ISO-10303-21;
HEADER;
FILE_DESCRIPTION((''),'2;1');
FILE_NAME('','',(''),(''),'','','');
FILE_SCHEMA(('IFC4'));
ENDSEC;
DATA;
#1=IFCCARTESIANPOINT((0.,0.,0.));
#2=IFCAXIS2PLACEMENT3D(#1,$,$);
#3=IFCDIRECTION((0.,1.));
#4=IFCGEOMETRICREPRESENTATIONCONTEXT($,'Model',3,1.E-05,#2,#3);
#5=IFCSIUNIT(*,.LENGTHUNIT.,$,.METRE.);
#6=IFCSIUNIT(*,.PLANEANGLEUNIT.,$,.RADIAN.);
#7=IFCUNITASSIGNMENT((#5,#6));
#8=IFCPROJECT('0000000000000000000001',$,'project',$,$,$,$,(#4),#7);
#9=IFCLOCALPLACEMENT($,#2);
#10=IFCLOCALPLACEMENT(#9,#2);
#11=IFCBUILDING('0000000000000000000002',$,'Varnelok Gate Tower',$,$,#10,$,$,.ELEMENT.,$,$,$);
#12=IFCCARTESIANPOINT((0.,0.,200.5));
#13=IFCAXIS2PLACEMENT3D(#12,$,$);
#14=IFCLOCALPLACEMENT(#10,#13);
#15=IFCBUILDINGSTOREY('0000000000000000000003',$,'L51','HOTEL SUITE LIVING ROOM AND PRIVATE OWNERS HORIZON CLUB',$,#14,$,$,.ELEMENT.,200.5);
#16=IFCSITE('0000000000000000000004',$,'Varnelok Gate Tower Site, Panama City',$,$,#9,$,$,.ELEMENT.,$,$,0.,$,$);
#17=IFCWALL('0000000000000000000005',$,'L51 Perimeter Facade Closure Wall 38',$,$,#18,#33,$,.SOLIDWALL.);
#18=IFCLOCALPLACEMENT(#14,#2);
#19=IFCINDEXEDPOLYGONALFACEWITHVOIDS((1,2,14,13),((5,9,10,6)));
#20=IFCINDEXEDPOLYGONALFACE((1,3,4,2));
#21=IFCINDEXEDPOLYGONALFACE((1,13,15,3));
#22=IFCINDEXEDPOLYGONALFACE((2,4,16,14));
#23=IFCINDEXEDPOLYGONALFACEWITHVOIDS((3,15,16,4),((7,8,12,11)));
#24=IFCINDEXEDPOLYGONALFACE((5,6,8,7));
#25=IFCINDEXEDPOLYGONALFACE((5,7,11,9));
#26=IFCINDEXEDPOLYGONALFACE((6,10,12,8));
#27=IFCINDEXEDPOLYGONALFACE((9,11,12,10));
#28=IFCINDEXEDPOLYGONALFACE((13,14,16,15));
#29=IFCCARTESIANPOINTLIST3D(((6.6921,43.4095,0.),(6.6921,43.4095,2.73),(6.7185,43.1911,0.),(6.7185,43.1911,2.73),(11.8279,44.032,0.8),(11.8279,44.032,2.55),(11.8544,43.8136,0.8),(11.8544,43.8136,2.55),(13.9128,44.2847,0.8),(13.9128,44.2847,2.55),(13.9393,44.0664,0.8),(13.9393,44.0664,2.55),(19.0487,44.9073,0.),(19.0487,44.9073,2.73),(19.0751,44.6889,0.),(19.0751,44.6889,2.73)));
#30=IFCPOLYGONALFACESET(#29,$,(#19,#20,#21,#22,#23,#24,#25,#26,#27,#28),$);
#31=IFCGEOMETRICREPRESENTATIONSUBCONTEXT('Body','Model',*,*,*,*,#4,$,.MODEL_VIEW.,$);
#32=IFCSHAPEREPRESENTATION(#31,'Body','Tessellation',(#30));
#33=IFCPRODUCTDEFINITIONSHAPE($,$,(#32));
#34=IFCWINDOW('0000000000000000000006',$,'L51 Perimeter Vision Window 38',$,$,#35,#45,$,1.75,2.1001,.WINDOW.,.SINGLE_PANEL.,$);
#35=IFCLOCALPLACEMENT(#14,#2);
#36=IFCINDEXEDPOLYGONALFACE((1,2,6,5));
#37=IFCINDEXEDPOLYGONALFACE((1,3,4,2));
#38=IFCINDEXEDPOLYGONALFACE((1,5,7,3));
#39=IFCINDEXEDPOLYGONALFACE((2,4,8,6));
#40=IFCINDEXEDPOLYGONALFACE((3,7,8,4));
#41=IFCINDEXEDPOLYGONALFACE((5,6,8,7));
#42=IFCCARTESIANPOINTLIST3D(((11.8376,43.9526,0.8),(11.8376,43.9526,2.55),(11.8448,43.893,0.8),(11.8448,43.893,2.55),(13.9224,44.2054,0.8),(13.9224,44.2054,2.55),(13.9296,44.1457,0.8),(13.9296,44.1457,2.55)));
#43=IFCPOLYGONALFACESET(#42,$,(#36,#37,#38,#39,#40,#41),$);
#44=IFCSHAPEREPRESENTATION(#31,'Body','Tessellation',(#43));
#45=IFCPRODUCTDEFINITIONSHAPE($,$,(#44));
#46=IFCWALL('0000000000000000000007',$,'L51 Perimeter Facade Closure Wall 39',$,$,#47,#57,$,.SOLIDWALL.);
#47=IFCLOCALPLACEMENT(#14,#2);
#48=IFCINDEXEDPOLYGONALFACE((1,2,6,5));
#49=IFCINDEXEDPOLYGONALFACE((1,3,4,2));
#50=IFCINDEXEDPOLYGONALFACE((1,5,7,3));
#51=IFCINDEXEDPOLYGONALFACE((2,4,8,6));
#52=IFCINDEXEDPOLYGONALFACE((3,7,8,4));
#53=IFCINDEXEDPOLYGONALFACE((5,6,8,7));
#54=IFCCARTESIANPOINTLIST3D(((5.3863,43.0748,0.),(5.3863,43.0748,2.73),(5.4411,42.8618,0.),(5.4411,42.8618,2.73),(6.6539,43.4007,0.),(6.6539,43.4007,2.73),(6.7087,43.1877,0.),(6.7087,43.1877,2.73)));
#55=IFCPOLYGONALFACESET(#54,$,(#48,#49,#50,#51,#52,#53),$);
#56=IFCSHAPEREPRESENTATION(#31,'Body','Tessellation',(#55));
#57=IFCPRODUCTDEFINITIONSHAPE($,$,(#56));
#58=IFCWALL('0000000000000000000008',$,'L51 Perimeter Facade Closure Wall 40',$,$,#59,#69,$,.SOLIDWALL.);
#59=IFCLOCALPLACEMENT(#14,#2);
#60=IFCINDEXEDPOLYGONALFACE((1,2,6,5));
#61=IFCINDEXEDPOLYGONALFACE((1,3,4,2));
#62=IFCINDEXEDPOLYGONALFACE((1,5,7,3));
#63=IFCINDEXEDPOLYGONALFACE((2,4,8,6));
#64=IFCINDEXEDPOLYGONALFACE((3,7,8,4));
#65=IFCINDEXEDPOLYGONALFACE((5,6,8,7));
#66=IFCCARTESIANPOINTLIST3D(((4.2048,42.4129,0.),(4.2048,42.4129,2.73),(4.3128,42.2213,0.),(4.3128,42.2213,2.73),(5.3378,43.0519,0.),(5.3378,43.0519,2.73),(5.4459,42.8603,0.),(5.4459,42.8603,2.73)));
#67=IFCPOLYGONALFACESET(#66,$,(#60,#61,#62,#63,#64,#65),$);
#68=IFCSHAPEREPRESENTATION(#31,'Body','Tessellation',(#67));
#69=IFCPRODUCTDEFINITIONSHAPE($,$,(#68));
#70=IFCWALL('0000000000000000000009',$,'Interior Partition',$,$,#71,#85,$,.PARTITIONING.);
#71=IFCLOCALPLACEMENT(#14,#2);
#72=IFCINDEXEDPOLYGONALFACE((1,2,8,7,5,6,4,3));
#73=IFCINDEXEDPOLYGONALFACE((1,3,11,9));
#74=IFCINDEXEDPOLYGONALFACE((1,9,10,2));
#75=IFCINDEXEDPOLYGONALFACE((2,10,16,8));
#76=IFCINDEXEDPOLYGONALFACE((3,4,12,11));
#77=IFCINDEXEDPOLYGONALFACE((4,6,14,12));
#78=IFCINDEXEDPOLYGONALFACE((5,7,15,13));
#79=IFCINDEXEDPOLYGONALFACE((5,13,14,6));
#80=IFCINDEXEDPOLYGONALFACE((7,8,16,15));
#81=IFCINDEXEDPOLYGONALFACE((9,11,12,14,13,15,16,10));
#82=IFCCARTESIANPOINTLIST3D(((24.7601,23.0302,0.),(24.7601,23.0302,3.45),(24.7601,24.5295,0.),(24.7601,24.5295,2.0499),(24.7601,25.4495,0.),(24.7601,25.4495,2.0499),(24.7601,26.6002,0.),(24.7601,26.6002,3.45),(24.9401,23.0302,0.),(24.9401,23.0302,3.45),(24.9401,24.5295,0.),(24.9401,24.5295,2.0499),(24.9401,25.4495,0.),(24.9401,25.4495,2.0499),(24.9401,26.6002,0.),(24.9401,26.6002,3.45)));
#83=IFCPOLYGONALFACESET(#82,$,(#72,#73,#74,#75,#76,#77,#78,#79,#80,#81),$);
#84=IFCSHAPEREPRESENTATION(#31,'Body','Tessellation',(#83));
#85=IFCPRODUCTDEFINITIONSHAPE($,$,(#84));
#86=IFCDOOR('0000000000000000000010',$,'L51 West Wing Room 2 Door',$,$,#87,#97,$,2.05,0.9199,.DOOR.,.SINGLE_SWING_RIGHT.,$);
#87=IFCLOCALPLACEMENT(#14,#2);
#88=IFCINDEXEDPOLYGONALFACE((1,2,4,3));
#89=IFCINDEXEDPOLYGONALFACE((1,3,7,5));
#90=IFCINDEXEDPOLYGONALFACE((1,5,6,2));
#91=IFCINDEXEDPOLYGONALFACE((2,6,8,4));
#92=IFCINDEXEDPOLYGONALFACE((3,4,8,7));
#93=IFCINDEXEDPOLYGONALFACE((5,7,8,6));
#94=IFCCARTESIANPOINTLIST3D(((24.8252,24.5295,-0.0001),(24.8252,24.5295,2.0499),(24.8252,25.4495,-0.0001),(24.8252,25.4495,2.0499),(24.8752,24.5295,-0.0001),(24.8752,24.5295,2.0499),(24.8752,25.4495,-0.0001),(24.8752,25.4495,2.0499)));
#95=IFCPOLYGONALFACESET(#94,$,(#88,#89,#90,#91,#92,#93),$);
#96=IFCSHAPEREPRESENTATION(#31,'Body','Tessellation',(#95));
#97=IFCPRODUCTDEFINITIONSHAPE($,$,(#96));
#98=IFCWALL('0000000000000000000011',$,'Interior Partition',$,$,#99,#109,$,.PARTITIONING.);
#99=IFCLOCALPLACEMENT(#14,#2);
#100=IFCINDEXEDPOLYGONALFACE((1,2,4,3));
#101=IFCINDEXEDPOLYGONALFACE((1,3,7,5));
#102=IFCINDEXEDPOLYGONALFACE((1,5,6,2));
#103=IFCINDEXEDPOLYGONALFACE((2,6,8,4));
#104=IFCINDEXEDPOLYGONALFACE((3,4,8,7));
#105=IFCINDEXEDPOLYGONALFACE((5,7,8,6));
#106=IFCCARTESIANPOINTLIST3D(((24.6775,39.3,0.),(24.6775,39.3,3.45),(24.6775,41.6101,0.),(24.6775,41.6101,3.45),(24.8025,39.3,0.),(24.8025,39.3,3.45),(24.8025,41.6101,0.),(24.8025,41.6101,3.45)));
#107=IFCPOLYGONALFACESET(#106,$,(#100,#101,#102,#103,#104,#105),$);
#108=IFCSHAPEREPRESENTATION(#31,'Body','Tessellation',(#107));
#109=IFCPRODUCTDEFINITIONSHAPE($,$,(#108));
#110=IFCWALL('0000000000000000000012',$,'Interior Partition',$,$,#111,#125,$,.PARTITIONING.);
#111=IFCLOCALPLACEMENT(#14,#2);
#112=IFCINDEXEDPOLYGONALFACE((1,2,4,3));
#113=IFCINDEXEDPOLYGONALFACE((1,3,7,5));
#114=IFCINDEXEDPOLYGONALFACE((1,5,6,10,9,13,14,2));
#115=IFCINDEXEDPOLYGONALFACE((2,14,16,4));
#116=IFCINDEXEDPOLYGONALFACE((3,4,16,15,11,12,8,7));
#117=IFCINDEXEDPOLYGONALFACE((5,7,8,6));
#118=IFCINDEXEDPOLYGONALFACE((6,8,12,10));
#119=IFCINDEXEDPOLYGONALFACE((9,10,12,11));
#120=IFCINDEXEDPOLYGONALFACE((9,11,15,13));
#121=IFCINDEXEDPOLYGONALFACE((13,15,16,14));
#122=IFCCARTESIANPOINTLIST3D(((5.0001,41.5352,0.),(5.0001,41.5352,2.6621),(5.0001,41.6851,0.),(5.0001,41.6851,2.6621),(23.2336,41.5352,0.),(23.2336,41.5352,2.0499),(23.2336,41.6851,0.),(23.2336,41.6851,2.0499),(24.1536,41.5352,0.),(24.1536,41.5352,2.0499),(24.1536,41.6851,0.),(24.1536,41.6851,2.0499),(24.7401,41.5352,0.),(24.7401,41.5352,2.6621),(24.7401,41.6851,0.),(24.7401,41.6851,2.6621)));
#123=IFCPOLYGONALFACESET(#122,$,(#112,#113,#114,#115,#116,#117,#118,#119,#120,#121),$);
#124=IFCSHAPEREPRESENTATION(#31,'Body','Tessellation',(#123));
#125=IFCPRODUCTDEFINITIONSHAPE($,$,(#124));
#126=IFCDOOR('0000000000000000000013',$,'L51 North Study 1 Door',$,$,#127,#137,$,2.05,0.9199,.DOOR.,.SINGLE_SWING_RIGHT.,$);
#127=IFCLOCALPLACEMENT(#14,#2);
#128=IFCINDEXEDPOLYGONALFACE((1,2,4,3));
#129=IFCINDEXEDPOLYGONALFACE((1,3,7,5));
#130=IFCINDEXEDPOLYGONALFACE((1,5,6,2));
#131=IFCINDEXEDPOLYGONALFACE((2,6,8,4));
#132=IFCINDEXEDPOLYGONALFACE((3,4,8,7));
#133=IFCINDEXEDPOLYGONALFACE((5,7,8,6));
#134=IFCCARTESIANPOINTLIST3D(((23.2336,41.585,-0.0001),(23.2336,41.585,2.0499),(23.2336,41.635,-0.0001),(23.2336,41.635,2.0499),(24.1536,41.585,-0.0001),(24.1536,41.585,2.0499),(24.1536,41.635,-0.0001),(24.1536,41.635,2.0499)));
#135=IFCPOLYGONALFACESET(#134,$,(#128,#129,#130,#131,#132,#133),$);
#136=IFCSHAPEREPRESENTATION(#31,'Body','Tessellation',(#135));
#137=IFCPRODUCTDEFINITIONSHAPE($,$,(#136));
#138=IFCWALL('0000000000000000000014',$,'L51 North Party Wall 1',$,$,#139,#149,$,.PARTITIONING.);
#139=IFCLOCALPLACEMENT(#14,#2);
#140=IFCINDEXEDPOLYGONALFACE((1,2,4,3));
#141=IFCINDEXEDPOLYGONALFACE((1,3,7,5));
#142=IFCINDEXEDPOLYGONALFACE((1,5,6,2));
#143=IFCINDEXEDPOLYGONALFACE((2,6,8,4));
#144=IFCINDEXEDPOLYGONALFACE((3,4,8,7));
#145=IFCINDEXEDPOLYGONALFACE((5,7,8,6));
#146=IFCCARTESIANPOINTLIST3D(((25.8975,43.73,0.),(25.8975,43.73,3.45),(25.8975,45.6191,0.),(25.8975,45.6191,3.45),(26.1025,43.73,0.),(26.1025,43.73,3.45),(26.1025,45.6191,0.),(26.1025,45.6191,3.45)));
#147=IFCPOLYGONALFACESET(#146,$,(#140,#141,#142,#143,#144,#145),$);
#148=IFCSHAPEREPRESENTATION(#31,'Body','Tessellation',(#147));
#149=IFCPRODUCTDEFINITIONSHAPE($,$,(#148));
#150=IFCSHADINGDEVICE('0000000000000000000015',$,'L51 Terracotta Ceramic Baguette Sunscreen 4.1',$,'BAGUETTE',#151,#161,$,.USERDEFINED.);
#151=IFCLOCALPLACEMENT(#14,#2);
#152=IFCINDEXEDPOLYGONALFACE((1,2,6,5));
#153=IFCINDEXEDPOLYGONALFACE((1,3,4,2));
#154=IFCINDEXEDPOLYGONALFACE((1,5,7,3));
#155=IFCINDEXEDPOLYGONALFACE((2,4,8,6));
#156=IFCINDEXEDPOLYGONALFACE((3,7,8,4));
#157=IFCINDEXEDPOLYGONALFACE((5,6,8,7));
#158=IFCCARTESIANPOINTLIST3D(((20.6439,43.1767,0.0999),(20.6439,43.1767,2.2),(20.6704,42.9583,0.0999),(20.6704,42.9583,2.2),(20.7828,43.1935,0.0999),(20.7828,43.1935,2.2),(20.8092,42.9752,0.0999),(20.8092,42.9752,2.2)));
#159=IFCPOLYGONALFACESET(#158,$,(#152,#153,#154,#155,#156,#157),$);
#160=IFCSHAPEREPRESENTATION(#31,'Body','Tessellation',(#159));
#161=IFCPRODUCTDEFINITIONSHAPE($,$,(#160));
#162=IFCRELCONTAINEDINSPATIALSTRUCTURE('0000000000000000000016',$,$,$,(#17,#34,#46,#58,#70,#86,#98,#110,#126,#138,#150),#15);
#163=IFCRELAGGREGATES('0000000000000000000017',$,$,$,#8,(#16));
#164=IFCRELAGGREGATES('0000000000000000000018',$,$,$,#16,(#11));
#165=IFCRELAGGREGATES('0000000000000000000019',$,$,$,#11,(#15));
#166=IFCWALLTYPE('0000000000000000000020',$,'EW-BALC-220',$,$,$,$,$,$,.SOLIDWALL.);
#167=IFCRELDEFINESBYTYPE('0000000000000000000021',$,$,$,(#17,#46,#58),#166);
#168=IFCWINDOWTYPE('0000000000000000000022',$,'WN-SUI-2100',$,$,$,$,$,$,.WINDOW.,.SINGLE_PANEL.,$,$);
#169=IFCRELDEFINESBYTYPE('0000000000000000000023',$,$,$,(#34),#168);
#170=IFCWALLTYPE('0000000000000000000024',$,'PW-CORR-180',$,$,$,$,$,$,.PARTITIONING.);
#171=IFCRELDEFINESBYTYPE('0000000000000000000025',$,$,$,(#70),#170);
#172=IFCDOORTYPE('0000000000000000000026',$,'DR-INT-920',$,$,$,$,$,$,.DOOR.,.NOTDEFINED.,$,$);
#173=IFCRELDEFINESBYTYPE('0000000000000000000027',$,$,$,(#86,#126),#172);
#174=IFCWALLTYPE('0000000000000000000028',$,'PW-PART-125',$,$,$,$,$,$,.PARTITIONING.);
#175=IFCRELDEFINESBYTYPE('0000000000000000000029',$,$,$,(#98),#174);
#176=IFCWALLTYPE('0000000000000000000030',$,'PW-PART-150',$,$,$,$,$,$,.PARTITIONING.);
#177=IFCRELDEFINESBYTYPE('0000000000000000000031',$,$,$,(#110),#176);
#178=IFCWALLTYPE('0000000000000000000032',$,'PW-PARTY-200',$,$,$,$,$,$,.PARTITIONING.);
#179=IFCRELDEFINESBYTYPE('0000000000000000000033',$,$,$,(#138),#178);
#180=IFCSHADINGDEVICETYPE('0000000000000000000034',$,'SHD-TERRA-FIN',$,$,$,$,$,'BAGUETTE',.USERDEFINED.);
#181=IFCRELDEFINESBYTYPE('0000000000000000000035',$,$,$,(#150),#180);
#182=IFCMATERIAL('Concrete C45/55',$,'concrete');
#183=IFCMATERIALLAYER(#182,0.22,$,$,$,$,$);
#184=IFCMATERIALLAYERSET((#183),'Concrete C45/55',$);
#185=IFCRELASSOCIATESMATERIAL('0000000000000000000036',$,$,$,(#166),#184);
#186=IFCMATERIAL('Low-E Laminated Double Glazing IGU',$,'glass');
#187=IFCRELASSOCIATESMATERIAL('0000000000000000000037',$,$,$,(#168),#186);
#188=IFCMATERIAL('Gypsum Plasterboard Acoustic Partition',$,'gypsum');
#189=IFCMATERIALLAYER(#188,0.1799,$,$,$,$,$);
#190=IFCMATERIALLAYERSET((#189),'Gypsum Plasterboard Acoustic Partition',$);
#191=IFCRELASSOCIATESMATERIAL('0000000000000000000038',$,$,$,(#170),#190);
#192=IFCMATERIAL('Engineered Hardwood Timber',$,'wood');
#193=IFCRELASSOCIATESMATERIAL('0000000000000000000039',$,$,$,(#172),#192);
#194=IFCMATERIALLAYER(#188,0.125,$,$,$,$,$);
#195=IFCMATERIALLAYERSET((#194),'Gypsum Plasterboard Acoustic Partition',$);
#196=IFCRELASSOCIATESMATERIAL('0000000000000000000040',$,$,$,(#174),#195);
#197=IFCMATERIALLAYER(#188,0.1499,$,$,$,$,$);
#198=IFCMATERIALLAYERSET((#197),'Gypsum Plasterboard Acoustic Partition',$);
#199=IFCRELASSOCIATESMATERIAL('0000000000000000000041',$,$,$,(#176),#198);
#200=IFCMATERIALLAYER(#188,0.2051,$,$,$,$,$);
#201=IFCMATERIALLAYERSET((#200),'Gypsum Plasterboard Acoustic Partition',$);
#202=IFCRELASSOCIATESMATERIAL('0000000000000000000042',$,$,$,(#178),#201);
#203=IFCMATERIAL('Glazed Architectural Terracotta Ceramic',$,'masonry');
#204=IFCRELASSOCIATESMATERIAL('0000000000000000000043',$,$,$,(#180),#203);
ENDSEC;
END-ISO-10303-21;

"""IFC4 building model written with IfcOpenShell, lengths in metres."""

from ifc_helpers import new_model, si_unit, direction, frame, frame_2d, origin, origin_2d, place, context, subcontext, project, spatial, rectangle, extrude, source, transform, mapped, material, layer, layer_set, type_object, element, fill, save


model = new_model("IFC4")

# Units and contexts
model_context = context("Model", 3, precision=1e-05, world=origin(), true_north=direction((0.0, 1.0)))
body_context = subcontext(model_context, "Body", "Model", "MODEL_VIEW")
ifc_project = project(units=[si_unit("LENGTHUNIT", "METRE"), si_unit("PLANEANGLEUNIT", "RADIAN")], contexts=[model_context])

# Site, building, storey
site_placement = place(None, origin())
site = spatial("IfcSite", under=ifc_project, at=site_placement, Name="Varnelok Gate Tower Site, Panama City", CompositionType="ELEMENT", RefElevation=0.0)
building_placement = place(site_placement, origin())
building = spatial("IfcBuilding", under=site, at=building_placement, Name="Varnelok Gate Tower", CompositionType="ELEMENT")
storey_placement = place(building_placement, frame((0.0, 0.0, 200.5)))
storey = spatial("IfcBuildingStorey", under=building, at=storey_placement, Name="L51", Description="HOTEL SUITE LIVING ROOM AND PRIVATE OWNERS HORIZON CLUB", CompositionType="ELEMENT", Elevation=200.5)

# Shared definitions
ifc_material_1 = material(Name="Concrete C45/55", Category="concrete")
ifc_layer_1 = layer(ifc_material_1, 0.22)
ifc_layer_set_1 = layer_set([ifc_layer_1], Name="Concrete C45/55")
wall_type_1 = type_object("IfcWallType", Name="EW-BALC-220", PredefinedType="SOLIDWALL", material=ifc_layer_set_1)
ifc_material_2 = material(Name="Low-E Laminated Double Glazing IGU", Category="glass")

# Wall, opening, window
wall_1_placement = place(storey_placement, frame((19.062, 44.7981, 0.0), z_axis=(0.0, 0.0, 1.0), x_axis=(-0.992734, -0.120333, 0.0)))
wall_1 = element("IfcWall", 1, at=wall_1_placement, inside=storey, type_object=wall_type_1, Name="L51 Perimeter Facade Closure Wall 38", PredefinedType="SOLIDWALL", context=body_context, shape_type="SweptSolid", body=[
    extrude(rectangle(XDim=12.447, YDim=0.22, at=frame_2d((6.2236, 0.0))), origin(), (0.0, 0.0, 1.0), 2.73),
])
opening_1_placement = place(wall_1_placement, frame((5.1736, 0.0, 0.8)))
opening_1 = element("IfcOpeningElement", 2, at=opening_1_placement, cuts=wall_1, PredefinedType="OPENING", context=body_context, shape_type="SweptSolid", body=[
    extrude(rectangle(XDim=2.1001, YDim=1.75, at=frame_2d((1.05, 0.875))), frame((0.0, 0.1199, 0.0), z_axis=(0.0, -1.0, 0.0), x_axis=(1.0, 0.0, 0.0)), (0.0, 0.0, 1.0), 0.24),
])
window_type_1 = type_object("IfcWindowType", Name="WN-SUI-2100", PartitioningType="SINGLE_PANEL", PredefinedType="WINDOW", material=ifc_material_2)
window_1_placement = place(opening_1_placement, origin())
window_1 = element("IfcWindow", 3, at=window_1_placement, inside=storey, type_object=window_type_1, Name="L51 Perimeter Vision Window 38", OverallHeight=1.75, OverallWidth=2.1001, PartitioningType="SINGLE_PANEL", PredefinedType="WINDOW", context=body_context, shape_type="SweptSolid", body=[
    extrude(rectangle(XDim=2.1001, YDim=1.75, at=frame_2d((1.05, 0.875))), frame((0.0, 0.03, 0.0), z_axis=(0.0, -1.0, 0.0), x_axis=(1.0, 0.0, 0.0)), (0.0, 0.0, 1.0), 0.0601),
])
fill(opening_1, window_1)

# Walls
wall_2_placement = place(storey_placement, frame((6.6812, 43.2942, 0.0), z_axis=(0.0, 0.0, 1.0), x_axis=(-0.968497, -0.249026, 0.0)))
element("IfcWall", 4, at=wall_2_placement, inside=storey, type_object=wall_type_1, Name="L51 Perimeter Facade Closure Wall 39", PredefinedType="SOLIDWALL", context=body_context, shape_type="SweptSolid", body=[
    extrude(rectangle(XDim=1.3088, YDim=0.22, at=frame_2d((0.6543, 0.0))), origin(), (0.0, 0.0, 1.0), 2.73),
])
wall_3_placement = place(storey_placement, frame((5.3918, 42.9561, 0.0), z_axis=(0.0, 0.0, 1.0), x_axis=(-0.871059, -0.491179, 0.0)))
element("IfcWall", 5, at=wall_3_placement, inside=storey, type_object=wall_type_1, Name="L51 Perimeter Facade Closure Wall 40", PredefinedType="SOLIDWALL", context=body_context, shape_type="SweptSolid", body=[
    extrude(rectangle(XDim=1.3008, YDim=0.22, at=frame_2d((0.6504, 0.0))), origin(), (0.0, 0.0, 1.0), 2.73),
])

# Wall, opening, door
ifc_material_3 = material(Name="Gypsum Plasterboard Acoustic Partition", Category="gypsum")
ifc_layer_2 = layer(ifc_material_3, 0.1799)
ifc_layer_set_2 = layer_set([ifc_layer_2], Name="Gypsum Plasterboard Acoustic Partition")
wall_type_2 = type_object("IfcWallType", Name="PW-CORR-180", PredefinedType="PARTITIONING", material=ifc_layer_set_2)
wall_4_placement = place(storey_placement, frame((24.8501, 23.03, 0.0), z_axis=(0.0, 0.0, 1.0), x_axis=(0.0, 1.0, 0.0)))
wall_4 = element("IfcWall", 6, at=wall_4_placement, inside=storey, type_object=wall_type_2, Name="Interior Partition", PredefinedType="PARTITIONING", context=body_context, shape_type="SweptSolid", body=[
    extrude(rectangle(XDim=3.5701, YDim=0.1799, at=frame_2d((1.7852, 0.0))), origin(), (0.0, 0.0, 1.0), 3.45),
])
opening_2_placement = place(wall_4_placement, frame((1.4995, 0.0, 0.0)))
opening_2 = element("IfcOpeningElement", 7, at=opening_2_placement, cuts=wall_4, PredefinedType="OPENING", context=body_context, shape_type="SweptSolid", body=[
    extrude(rectangle(XDim=0.9199, YDim=2.05, at=frame_2d((0.46, 1.0249))), frame((0.0, 0.0999, 0.0), z_axis=(0.0, -1.0, 0.0), x_axis=(1.0, 0.0, 0.0)), (0.0, 0.0, 1.0), 0.2),
])
ifc_material_4 = material(Name="Engineered Hardwood Timber", Category="wood")
door_type_1 = type_object("IfcDoorType", Name="DR-INT-920", OperationType="NOTDEFINED", PredefinedType="DOOR", material=ifc_material_4)
door_1_placement = place(opening_2_placement, origin())
door_1 = element("IfcDoor", 8, at=door_1_placement, inside=storey, type_object=door_type_1, Name="L51 West Wing Room 2 Door", OperationType="SINGLE_SWING_RIGHT", OverallHeight=2.05, OverallWidth=0.9199, PredefinedType="DOOR", context=body_context, shape_type="SweptSolid", body=[
    extrude(rectangle(XDim=0.9199, YDim=2.05, at=frame_2d((0.46, 1.0249))), frame((0.0, 0.0249, 0.0), z_axis=(0.0, -1.0, 0.0), x_axis=(1.0, 0.0, 0.0)), (0.0, 0.0, 1.0), 0.05),
])
fill(opening_2, door_1)

# Wall
ifc_layer_3 = layer(ifc_material_3, 0.125)
ifc_layer_set_3 = layer_set([ifc_layer_3], Name="Gypsum Plasterboard Acoustic Partition")
wall_type_3 = type_object("IfcWallType", Name="PW-PART-125", PredefinedType="PARTITIONING", material=ifc_layer_set_3)
wall_5_placement = place(storey_placement, frame((24.74, 39.3, 0.0), z_axis=(0.0, 0.0, 1.0), x_axis=(0.0, 1.0, 0.0)))
element("IfcWall", 9, at=wall_5_placement, inside=storey, type_object=wall_type_3, Name="Interior Partition", PredefinedType="PARTITIONING", context=body_context, shape_type="SweptSolid", body=[
    extrude(rectangle(XDim=2.3101, YDim=0.125, at=frame_2d((1.155, 0.0))), origin(), (0.0, 0.0, 1.0), 3.45),
])

# Wall, opening, door
ifc_layer_4 = layer(ifc_material_3, 0.1499)
ifc_layer_set_4 = layer_set([ifc_layer_4], Name="Gypsum Plasterboard Acoustic Partition")
wall_type_4 = type_object("IfcWallType", Name="PW-PART-150", PredefinedType="PARTITIONING", material=ifc_layer_set_4)
wall_6_placement = place(storey_placement, frame((5.0, 41.6101, 0.0), z_axis=(0.0, 0.0, 1.0), x_axis=(1.0, 0.0, 0.0)))
wall_6 = element("IfcWall", 10, at=wall_6_placement, inside=storey, type_object=wall_type_4, Name="Interior Partition", PredefinedType="PARTITIONING", context=body_context, shape_type="SweptSolid", body=[
    extrude(rectangle(XDim=19.74, YDim=0.1499, at=frame_2d((9.8701, 0.0))), origin(), (0.0, 0.0, 1.0), 2.6621),
])
opening_3_placement = place(wall_6_placement, frame((18.2336, 0.0, 0.0)))
opening_3 = element("IfcOpeningElement", 11, at=opening_3_placement, cuts=wall_6, PredefinedType="OPENING", context=body_context, shape_type="SweptSolid", body=[
    extrude(rectangle(XDim=0.9199, YDim=2.05, at=frame_2d((0.46, 1.0249))), frame((0.0, 0.085, 0.0), z_axis=(0.0, -1.0, 0.0), x_axis=(1.0, 0.0, 0.0)), (0.0, 0.0, 1.0), 0.1699),
])
door_2_placement = place(opening_3_placement, origin())
door_2 = element("IfcDoor", 12, at=door_2_placement, inside=storey, type_object=door_type_1, Name="L51 North Study 1 Door", OperationType="SINGLE_SWING_RIGHT", OverallHeight=2.05, OverallWidth=0.9199, PredefinedType="DOOR", context=body_context, shape_type="SweptSolid", body=[
    extrude(rectangle(XDim=0.9199, YDim=2.05, at=frame_2d((0.46, 1.0249))), frame((0.0, 0.0249, 0.0), z_axis=(0.0, -1.0, 0.0), x_axis=(1.0, 0.0, 0.0)), (0.0, 0.0, 1.0), 0.05),
])
fill(opening_3, door_2)

# Wall
ifc_layer_5 = layer(ifc_material_3, 0.2051)
ifc_layer_set_5 = layer_set([ifc_layer_5], Name="Gypsum Plasterboard Acoustic Partition")
wall_type_5 = type_object("IfcWallType", Name="PW-PARTY-200", PredefinedType="PARTITIONING", material=ifc_layer_set_5)
wall_7_placement = place(storey_placement, frame((26.0, 43.73, 0.0), z_axis=(0.0, 0.0, 1.0), x_axis=(0.0, 1.0, 0.0)))
element("IfcWall", 13, at=wall_7_placement, inside=storey, type_object=wall_type_5, Name="L51 North Party Wall 1", PredefinedType="PARTITIONING", context=body_context, shape_type="SweptSolid", body=[
    extrude(rectangle(XDim=1.8892, YDim=0.2051, at=frame_2d((0.9446, 0.0))), origin(), (0.0, 0.0, 1.0), 3.45),
])

# Shading device
ifc_material_5 = material(Name="Glazed Architectural Terracotta Ceramic", Category="masonry")
shading_device_type = type_object("IfcShadingDeviceType", Name="SHD-TERRA-FIN", ElementType="BAGUETTE", PredefinedType="USERDEFINED", material=ifc_material_5)
shared_shape_1 = source(origin(), body_context, "Body", "SweptSolid", [
    extrude(rectangle(XDim=0.1399, YDim=0.22, at=origin_2d()), origin(), (0.0, 0.0, 1.0), 2.1001),
])
shading_device_placement = place(storey_placement, frame((20.7266, 43.0759, 0.0999), z_axis=(0.0, 0.0, 1.0), x_axis=(0.992732, 0.120345, 0.0)))
element("IfcShadingDevice", 14, at=shading_device_placement, inside=storey, type_object=shading_device_type, Name="L51 Terracotta Ceramic Baguette Sunscreen 4.1", ObjectType="BAGUETTE", PredefinedType="USERDEFINED", context=body_context, shape_type="MappedRepresentation", body=[
    mapped(shared_shape_1, transform((0.0, 0.0, 0.0), scale=1.0)),
])

save(model, "model.ifc")
